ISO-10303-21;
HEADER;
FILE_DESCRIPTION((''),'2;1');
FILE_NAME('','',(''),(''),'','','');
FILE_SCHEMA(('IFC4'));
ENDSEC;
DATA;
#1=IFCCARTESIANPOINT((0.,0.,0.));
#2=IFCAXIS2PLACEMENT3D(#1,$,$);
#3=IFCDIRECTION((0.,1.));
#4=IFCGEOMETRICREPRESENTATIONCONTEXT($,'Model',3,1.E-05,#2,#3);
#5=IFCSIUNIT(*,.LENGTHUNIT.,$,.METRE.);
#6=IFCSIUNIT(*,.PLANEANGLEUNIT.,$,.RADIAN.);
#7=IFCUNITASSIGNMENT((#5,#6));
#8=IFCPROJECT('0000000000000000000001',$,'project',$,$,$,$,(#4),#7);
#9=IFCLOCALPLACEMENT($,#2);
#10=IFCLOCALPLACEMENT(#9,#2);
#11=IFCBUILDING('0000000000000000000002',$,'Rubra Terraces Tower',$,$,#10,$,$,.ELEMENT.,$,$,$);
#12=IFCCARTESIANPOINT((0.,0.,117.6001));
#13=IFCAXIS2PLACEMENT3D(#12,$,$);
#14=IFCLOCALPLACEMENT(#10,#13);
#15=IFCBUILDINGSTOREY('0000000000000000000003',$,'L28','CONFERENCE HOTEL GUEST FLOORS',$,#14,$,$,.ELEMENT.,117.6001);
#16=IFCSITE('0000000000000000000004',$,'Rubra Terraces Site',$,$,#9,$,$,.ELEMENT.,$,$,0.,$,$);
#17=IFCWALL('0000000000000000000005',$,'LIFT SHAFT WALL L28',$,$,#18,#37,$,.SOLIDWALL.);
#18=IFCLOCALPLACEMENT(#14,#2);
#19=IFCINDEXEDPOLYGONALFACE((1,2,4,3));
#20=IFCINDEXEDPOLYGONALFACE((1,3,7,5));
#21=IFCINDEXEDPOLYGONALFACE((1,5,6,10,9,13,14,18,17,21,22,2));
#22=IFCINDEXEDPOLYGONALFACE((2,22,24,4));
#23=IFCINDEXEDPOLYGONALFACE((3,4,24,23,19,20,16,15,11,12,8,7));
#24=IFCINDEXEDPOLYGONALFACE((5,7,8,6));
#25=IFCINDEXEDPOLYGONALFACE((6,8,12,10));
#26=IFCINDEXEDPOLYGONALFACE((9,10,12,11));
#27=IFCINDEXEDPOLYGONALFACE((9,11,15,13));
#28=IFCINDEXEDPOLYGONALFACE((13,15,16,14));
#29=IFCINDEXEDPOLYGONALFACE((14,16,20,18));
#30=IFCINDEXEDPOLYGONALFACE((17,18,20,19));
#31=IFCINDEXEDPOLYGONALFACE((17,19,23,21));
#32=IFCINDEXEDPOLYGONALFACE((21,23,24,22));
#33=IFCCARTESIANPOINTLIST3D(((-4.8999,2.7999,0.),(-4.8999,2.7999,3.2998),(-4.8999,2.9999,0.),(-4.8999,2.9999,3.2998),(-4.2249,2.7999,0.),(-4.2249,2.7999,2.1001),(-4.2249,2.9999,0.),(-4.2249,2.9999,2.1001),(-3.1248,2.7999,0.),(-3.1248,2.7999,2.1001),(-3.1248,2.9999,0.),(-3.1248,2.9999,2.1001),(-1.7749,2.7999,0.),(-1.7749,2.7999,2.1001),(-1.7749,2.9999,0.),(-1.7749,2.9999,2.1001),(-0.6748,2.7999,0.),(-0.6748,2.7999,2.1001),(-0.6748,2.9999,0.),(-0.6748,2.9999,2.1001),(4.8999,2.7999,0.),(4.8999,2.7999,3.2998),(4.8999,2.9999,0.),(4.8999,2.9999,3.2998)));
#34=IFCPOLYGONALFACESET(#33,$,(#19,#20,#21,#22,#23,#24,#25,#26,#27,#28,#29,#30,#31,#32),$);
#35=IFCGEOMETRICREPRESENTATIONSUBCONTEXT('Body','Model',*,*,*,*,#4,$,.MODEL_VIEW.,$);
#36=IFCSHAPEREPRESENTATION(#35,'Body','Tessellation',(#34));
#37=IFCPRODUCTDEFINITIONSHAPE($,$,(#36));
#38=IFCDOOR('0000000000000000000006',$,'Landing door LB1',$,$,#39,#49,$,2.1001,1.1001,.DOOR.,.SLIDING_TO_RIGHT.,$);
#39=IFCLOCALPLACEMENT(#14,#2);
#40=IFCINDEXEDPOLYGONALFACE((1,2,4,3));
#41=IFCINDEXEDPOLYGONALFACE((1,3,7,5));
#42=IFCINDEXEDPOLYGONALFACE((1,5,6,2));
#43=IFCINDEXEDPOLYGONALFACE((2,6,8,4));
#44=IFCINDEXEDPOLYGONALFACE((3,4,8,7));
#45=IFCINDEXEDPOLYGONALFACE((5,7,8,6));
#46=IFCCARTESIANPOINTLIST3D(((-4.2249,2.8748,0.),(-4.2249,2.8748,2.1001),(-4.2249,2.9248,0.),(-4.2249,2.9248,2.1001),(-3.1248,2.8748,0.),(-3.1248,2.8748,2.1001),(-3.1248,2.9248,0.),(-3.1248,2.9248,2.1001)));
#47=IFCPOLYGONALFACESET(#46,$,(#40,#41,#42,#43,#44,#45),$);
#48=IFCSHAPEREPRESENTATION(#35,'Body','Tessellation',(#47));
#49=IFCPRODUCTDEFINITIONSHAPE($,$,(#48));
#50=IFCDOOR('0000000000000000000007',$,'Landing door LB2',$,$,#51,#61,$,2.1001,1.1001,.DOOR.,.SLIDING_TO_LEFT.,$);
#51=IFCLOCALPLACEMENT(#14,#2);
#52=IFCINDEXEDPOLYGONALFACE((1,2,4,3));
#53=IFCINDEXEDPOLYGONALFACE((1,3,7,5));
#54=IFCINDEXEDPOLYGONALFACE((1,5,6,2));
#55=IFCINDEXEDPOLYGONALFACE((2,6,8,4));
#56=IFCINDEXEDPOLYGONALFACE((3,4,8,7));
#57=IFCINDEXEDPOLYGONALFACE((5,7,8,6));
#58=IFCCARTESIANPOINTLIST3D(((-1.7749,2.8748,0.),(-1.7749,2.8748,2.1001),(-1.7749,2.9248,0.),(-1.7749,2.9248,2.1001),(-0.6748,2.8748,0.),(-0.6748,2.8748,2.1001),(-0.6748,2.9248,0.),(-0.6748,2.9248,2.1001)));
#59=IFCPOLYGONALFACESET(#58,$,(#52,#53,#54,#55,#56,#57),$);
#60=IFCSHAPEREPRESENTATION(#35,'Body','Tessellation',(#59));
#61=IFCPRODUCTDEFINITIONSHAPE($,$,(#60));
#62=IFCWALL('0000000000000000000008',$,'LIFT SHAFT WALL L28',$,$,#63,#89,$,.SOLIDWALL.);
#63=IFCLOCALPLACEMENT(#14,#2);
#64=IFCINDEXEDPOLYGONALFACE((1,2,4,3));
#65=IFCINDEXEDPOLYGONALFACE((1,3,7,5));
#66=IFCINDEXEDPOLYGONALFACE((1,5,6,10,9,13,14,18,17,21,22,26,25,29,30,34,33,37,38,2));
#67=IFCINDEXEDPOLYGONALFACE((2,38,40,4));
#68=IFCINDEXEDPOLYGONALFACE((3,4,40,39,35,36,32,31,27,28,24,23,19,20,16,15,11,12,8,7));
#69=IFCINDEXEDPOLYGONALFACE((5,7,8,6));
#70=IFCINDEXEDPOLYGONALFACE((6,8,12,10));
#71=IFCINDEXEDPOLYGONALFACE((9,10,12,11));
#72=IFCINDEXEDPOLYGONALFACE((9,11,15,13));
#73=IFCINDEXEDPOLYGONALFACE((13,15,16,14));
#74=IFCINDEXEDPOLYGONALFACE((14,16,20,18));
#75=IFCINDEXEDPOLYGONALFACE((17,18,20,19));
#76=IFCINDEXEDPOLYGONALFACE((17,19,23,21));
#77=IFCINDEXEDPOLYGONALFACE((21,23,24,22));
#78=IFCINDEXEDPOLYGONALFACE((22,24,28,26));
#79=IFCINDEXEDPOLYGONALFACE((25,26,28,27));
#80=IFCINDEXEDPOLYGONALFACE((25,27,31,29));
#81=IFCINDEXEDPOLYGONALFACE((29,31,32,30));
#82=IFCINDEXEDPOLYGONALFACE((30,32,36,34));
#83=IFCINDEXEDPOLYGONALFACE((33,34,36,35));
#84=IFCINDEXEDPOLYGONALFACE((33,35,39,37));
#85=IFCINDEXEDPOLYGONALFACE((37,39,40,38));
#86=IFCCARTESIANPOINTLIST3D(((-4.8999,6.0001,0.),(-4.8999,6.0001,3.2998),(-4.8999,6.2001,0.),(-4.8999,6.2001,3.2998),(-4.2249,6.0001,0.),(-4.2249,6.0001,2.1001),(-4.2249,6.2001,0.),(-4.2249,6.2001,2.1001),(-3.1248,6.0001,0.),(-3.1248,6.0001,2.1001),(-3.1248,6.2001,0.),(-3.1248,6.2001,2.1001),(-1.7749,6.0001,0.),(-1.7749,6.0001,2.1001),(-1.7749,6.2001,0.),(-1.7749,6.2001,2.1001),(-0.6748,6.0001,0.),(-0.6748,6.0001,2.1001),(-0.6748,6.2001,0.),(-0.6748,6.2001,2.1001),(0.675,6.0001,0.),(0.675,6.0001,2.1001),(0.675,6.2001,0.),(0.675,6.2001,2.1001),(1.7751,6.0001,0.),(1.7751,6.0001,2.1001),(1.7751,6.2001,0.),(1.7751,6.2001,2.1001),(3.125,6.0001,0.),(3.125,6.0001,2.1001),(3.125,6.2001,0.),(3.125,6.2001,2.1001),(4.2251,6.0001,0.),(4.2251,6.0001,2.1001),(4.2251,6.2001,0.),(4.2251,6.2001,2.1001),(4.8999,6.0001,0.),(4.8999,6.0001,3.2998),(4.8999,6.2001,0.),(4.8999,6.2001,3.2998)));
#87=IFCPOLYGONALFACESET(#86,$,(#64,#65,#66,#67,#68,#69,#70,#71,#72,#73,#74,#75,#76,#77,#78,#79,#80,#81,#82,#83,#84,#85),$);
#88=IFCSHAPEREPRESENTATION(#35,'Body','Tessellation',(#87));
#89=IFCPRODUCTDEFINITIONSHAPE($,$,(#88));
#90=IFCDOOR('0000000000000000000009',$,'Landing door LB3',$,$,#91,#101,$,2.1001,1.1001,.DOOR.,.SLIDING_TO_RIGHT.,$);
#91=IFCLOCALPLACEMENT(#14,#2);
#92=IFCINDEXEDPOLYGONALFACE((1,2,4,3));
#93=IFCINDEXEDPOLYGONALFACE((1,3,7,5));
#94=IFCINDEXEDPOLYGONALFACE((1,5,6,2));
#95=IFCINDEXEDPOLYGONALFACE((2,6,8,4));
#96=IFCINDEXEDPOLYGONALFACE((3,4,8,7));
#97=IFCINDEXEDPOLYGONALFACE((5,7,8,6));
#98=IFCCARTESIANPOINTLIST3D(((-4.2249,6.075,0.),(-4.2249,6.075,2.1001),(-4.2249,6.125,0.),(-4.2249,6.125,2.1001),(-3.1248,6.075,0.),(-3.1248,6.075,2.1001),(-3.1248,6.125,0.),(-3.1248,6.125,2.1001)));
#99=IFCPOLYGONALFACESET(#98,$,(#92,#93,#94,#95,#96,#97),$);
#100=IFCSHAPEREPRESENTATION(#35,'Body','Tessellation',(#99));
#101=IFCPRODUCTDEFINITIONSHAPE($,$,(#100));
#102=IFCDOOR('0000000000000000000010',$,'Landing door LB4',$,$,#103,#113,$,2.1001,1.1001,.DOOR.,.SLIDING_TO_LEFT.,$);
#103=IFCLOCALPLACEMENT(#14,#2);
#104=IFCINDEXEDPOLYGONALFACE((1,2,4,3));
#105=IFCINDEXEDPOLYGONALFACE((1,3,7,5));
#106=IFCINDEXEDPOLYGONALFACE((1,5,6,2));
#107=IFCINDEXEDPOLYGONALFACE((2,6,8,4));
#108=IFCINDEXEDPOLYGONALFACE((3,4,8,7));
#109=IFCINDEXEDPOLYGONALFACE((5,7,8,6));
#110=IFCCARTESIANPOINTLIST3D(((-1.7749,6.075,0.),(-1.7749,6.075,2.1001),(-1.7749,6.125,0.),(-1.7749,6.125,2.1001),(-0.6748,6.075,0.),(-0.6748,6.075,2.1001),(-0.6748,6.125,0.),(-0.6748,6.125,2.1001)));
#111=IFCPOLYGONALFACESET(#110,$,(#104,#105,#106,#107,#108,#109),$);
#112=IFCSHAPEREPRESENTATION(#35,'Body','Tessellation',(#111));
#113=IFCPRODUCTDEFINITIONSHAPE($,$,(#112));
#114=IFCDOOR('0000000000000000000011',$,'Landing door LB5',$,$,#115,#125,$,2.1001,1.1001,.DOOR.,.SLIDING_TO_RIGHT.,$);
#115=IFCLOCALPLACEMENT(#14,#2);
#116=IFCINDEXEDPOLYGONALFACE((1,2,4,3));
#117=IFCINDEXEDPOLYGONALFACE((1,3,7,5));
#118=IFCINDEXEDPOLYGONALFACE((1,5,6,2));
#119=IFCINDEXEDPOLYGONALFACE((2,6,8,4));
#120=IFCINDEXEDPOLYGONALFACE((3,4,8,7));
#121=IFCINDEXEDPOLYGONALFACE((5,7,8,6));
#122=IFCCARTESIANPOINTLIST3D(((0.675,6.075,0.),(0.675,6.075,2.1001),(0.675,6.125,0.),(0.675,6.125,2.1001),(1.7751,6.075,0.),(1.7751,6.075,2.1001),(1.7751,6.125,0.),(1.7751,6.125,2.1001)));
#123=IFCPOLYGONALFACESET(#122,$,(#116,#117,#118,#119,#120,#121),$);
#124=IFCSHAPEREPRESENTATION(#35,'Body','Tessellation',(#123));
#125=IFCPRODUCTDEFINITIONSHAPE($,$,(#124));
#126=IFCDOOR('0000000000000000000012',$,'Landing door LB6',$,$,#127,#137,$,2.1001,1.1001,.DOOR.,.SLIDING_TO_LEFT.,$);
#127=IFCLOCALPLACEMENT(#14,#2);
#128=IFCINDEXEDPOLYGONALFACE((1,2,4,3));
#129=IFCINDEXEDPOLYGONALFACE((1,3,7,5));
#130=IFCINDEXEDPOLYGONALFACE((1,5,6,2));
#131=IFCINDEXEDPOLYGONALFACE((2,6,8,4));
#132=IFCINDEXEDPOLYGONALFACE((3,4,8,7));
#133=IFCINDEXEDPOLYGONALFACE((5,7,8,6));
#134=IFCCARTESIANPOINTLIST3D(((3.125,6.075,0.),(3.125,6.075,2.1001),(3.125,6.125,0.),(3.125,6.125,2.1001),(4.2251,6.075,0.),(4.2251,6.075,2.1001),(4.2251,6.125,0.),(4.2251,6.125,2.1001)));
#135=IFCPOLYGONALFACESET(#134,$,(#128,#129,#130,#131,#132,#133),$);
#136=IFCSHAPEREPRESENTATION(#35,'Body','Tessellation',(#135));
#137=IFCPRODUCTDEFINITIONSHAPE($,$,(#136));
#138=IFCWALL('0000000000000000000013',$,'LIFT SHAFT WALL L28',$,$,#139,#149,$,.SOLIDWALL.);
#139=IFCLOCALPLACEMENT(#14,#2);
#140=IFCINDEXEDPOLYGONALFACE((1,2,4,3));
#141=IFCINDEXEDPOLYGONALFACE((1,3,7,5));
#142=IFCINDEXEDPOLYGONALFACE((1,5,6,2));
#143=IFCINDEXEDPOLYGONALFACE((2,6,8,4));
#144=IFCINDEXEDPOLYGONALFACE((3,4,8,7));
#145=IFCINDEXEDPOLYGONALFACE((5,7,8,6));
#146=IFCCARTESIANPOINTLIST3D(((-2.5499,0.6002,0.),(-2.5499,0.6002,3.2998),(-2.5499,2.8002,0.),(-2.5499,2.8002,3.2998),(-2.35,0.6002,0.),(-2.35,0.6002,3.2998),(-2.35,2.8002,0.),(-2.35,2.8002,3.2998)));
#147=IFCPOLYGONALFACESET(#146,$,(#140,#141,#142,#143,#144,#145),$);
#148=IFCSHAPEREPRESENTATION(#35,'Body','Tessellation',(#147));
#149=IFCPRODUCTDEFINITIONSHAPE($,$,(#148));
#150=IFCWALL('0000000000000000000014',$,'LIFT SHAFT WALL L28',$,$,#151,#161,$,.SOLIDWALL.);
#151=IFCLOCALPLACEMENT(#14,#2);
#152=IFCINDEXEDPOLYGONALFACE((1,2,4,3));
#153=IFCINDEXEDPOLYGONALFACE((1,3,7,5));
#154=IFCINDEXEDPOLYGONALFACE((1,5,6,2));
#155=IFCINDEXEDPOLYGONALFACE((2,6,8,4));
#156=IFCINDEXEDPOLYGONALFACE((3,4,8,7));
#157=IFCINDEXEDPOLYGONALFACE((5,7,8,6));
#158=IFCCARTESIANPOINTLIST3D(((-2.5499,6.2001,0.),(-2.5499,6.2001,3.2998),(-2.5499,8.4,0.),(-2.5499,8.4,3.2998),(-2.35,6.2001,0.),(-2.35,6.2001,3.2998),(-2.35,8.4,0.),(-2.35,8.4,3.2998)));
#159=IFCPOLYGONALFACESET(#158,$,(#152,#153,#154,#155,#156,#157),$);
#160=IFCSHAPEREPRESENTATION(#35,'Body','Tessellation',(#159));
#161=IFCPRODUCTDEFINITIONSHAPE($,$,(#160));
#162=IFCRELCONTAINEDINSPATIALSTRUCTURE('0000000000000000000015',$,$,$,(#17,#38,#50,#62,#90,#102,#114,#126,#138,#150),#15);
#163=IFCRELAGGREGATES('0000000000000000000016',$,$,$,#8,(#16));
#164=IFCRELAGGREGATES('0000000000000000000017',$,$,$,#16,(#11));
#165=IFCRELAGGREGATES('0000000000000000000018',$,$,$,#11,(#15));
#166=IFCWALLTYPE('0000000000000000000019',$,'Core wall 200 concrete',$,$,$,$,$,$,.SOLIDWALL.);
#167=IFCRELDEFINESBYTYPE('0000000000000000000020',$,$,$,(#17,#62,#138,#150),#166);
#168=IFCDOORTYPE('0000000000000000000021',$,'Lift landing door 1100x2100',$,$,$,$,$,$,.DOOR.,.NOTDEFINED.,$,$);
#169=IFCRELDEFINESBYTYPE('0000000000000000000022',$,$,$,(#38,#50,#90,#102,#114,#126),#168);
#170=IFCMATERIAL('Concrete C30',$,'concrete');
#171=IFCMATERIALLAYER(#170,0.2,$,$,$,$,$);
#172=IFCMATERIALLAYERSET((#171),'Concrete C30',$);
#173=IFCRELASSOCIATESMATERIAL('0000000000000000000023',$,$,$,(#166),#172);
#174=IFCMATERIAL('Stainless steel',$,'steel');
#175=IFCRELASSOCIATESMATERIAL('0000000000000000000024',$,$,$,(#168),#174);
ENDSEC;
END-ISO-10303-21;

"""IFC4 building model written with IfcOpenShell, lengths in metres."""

from ifc_helpers import new_model, si_unit, direction, frame, frame_2d, origin, place, context, subcontext, project, spatial, rectangle, extrude, material, layer, layer_set, type_object, element, fill, save


model = new_model("IFC4")

# Units and contexts
model_context = context("Model", 3, precision=1e-05, world=origin(), true_north=direction((0.0, 1.0)))
body_context = subcontext(model_context, "Body", "Model", "MODEL_VIEW")
ifc_project = project(units=[si_unit("LENGTHUNIT", "METRE"), si_unit("PLANEANGLEUNIT", "RADIAN")], contexts=[model_context])

# Site, building, storey
site_placement = place(None, origin())
site = spatial("IfcSite", under=ifc_project, at=site_placement, Name="Rubra Terraces Site", CompositionType="ELEMENT", RefElevation=0.0)
building_placement = place(site_placement, origin())
building = spatial("IfcBuilding", under=site, at=building_placement, Name="Rubra Terraces Tower", CompositionType="ELEMENT")
storey_placement = place(building_placement, frame((0.0, 0.0, 117.6001)))
storey = spatial("IfcBuildingStorey", under=building, at=storey_placement, Name="L28", Description="CONFERENCE HOTEL GUEST FLOORS", CompositionType="ELEMENT", Elevation=117.6001)

# Shared definitions
ifc_material_1 = material(Name="Concrete C30", Category="concrete")
ifc_layer_1 = layer(ifc_material_1, 0.2)
ifc_layer_set_1 = layer_set([ifc_layer_1], Name="Concrete C30")
wall_type_1 = type_object("IfcWallType", Name="Core wall 200 concrete", PredefinedType="SOLIDWALL", material=ifc_layer_set_1)
ifc_material_2 = material(Name="Stainless steel", Category="steel")

# Walls, openings, doors
wall_1_placement = place(storey_placement, frame((-4.8999, 2.8999, 0.0), z_axis=(0.0, 0.0, 1.0), x_axis=(1.0, 0.0, 0.0)))
wall_1 = element("IfcWall", 1, at=wall_1_placement, inside=storey, type_object=wall_type_1, Name="LIFT SHAFT WALL L28", PredefinedType="SOLIDWALL", context=body_context, shape_type="SweptSolid", body=[
    extrude(rectangle(XDim=9.7998, YDim=0.2, at=frame_2d((4.8999, 0.0))), origin(), (0.0, 0.0, 1.0), 3.2998),
])
opening_1_placement = place(wall_1_placement, frame((0.675, 0.0, 0.0)))
opening_1 = element("IfcOpeningElement", 2, at=opening_1_placement, cuts=wall_1, PredefinedType="OPENING", context=body_context, shape_type="SweptSolid", body=[
    extrude(rectangle(XDim=1.1001, YDim=2.1001, at=frame_2d((0.55, 1.05))), frame((0.0, 0.1099, 0.0), z_axis=(0.0, -1.0, 0.0), x_axis=(1.0, 0.0, 0.0)), (0.0, 0.0, 1.0), 0.22),
])
opening_2_placement = place(wall_1_placement, frame((3.125, 0.0, 0.0)))
opening_2 = element("IfcOpeningElement", 3, at=opening_2_placement, cuts=wall_1, PredefinedType="OPENING", context=body_context, shape_type="SweptSolid", body=[
    extrude(rectangle(XDim=1.1001, YDim=2.1001, at=frame_2d((0.55, 1.05))), frame((0.0, 0.1099, 0.0), z_axis=(0.0, -1.0, 0.0), x_axis=(1.0, 0.0, 0.0)), (0.0, 0.0, 1.0), 0.22),
])
door_type_1 = type_object("IfcDoorType", Name="Lift landing door 1100x2100", OperationType="NOTDEFINED", PredefinedType="DOOR", material=ifc_material_2)
door_1_placement = place(opening_1_placement, origin())
door_1 = element("IfcDoor", 4, at=door_1_placement, inside=storey, type_object=door_type_1, Name="Landing door LB1", OperationType="SLIDING_TO_RIGHT", OverallHeight=2.1001, OverallWidth=1.1001, PredefinedType="DOOR", context=body_context, shape_type="SweptSolid", body=[
    extrude(rectangle(XDim=1.1001, YDim=2.1001, at=frame_2d((0.55, 1.05))), frame((0.0, 0.0249, 0.0), z_axis=(0.0, -1.0, 0.0), x_axis=(1.0, 0.0, 0.0)), (0.0, 0.0, 1.0), 0.05),
])
fill(opening_1, door_1)
door_2_placement = place(opening_2_placement, origin())
door_2 = element("IfcDoor", 5, at=door_2_placement, inside=storey, type_object=door_type_1, Name="Landing door LB2", OperationType="SLIDING_TO_LEFT", OverallHeight=2.1001, OverallWidth=1.1001, PredefinedType="DOOR", context=body_context, shape_type="SweptSolid", body=[
    extrude(rectangle(XDim=1.1001, YDim=2.1001, at=frame_2d((0.55, 1.05))), frame((0.0, 0.0249, 0.0), z_axis=(0.0, -1.0, 0.0), x_axis=(1.0, 0.0, 0.0)), (0.0, 0.0, 1.0), 0.05),
])
fill(opening_2, door_2)
wall_2_placement = place(storey_placement, frame((-4.8999, 6.1001, 0.0), z_axis=(0.0, 0.0, 1.0), x_axis=(1.0, 0.0, 0.0)))
wall_2 = element("IfcWall", 6, at=wall_2_placement, inside=storey, type_object=wall_type_1, Name="LIFT SHAFT WALL L28", PredefinedType="SOLIDWALL", context=body_context, shape_type="SweptSolid", body=[
    extrude(rectangle(XDim=9.7998, YDim=0.2, at=frame_2d((4.8999, 0.0))), origin(), (0.0, 0.0, 1.0), 3.2998),
])
opening_3_placement = place(wall_2_placement, frame((0.675, 0.0, 0.0)))
opening_3 = element("IfcOpeningElement", 7, at=opening_3_placement, cuts=wall_2, PredefinedType="OPENING", context=body_context, shape_type="SweptSolid", body=[
    extrude(rectangle(XDim=1.1001, YDim=2.1001, at=frame_2d((0.55, 1.05))), frame((0.0, 0.1099, 0.0), z_axis=(0.0, -1.0, 0.0), x_axis=(1.0, 0.0, 0.0)), (0.0, 0.0, 1.0), 0.22),
])
opening_4_placement = place(wall_2_placement, frame((3.125, 0.0, 0.0)))
opening_4 = element("IfcOpeningElement", 8, at=opening_4_placement, cuts=wall_2, PredefinedType="OPENING", context=body_context, shape_type="SweptSolid", body=[
    extrude(rectangle(XDim=1.1001, YDim=2.1001, at=frame_2d((0.55, 1.05))), frame((0.0, 0.1099, 0.0), z_axis=(0.0, -1.0, 0.0), x_axis=(1.0, 0.0, 0.0)), (0.0, 0.0, 1.0), 0.22),
])
opening_5_placement = place(wall_2_placement, frame((5.575, 0.0, 0.0)))
opening_5 = element("IfcOpeningElement", 9, at=opening_5_placement, cuts=wall_2, PredefinedType="OPENING", context=body_context, shape_type="SweptSolid", body=[
    extrude(rectangle(XDim=1.1001, YDim=2.1001, at=frame_2d((0.55, 1.05))), frame((0.0, 0.1099, 0.0), z_axis=(0.0, -1.0, 0.0), x_axis=(1.0, 0.0, 0.0)), (0.0, 0.0, 1.0), 0.22),
])
opening_6_placement = place(wall_2_placement, frame((8.0249, 0.0, 0.0)))
opening_6 = element("IfcOpeningElement", 10, at=opening_6_placement, cuts=wall_2, PredefinedType="OPENING", context=body_context, shape_type="SweptSolid", body=[
    extrude(rectangle(XDim=1.1001, YDim=2.1001, at=frame_2d((0.55, 1.05))), frame((0.0, 0.1099, 0.0), z_axis=(0.0, -1.0, 0.0), x_axis=(1.0, 0.0, 0.0)), (0.0, 0.0, 1.0), 0.22),
])
door_3_placement = place(opening_3_placement, origin())
door_3 = element("IfcDoor", 11, at=door_3_placement, inside=storey, type_object=door_type_1, Name="Landing door LB3", OperationType="SLIDING_TO_RIGHT", OverallHeight=2.1001, OverallWidth=1.1001, PredefinedType="DOOR", context=body_context, shape_type="SweptSolid", body=[
    extrude(rectangle(XDim=1.1001, YDim=2.1001, at=frame_2d((0.55, 1.05))), frame((0.0, 0.0249, 0.0), z_axis=(0.0, -1.0, 0.0), x_axis=(1.0, 0.0, 0.0)), (0.0, 0.0, 1.0), 0.05),
])
fill(opening_3, door_3)
door_4_placement = place(opening_4_placement, origin())
door_4 = element("IfcDoor", 12, at=door_4_placement, inside=storey, type_object=door_type_1, Name="Landing door LB4", OperationType="SLIDING_TO_LEFT", OverallHeight=2.1001, OverallWidth=1.1001, PredefinedType="DOOR", context=body_context, shape_type="SweptSolid", body=[
    extrude(rectangle(XDim=1.1001, YDim=2.1001, at=frame_2d((0.55, 1.05))), frame((0.0, 0.0249, 0.0), z_axis=(0.0, -1.0, 0.0), x_axis=(1.0, 0.0, 0.0)), (0.0, 0.0, 1.0), 0.05),
])
fill(opening_4, door_4)
door_5_placement = place(opening_5_placement, origin())
door_5 = element("IfcDoor", 13, at=door_5_placement, inside=storey, type_object=door_type_1, Name="Landing door LB5", OperationType="SLIDING_TO_RIGHT", OverallHeight=2.1001, OverallWidth=1.1001, PredefinedType="DOOR", context=body_context, shape_type="SweptSolid", body=[
    extrude(rectangle(XDim=1.1001, YDim=2.1001, at=frame_2d((0.55, 1.05))), frame((0.0, 0.0249, 0.0), z_axis=(0.0, -1.0, 0.0), x_axis=(1.0, 0.0, 0.0)), (0.0, 0.0, 1.0), 0.05),
])
fill(opening_5, door_5)
door_6_placement = place(opening_6_placement, origin())
door_6 = element("IfcDoor", 14, at=door_6_placement, inside=storey, type_object=door_type_1, Name="Landing door LB6", OperationType="SLIDING_TO_LEFT", OverallHeight=2.1001, OverallWidth=1.1001, PredefinedType="DOOR", context=body_context, shape_type="SweptSolid", body=[
    extrude(rectangle(XDim=1.1001, YDim=2.1001, at=frame_2d((0.55, 1.05))), frame((0.0, 0.0249, 0.0), z_axis=(0.0, -1.0, 0.0), x_axis=(1.0, 0.0, 0.0)), (0.0, 0.0, 1.0), 0.05),
])
fill(opening_6, door_6)

# Walls
for number, where, z_axis, x_axis, name in (
    (15, (-2.45, 0.6001, 0.0), (0.0, 0.0, 1.0), (0.0, 1.0, 0.0), "LIFT SHAFT WALL L28"),
    (16, (-2.45, 6.2, 0.0), (0.0, 0.0, 1.0), (0.0, 1.0, 0.0), "LIFT SHAFT WALL L28"),
):
    element("IfcWall", number, at=place(storey_placement, frame(where, z_axis=z_axis, x_axis=x_axis)), inside=storey, type_object=wall_type_1, Name=name, PredefinedType="SOLIDWALL", context=body_context, shape_type="SweptSolid", body=[
        extrude(rectangle(XDim=2.2, YDim=0.2, at=frame_2d((1.1001, 0.0))), origin(), (0.0, 0.0, 1.0), 3.2998),
    ])

save(model, "model.ifc")
